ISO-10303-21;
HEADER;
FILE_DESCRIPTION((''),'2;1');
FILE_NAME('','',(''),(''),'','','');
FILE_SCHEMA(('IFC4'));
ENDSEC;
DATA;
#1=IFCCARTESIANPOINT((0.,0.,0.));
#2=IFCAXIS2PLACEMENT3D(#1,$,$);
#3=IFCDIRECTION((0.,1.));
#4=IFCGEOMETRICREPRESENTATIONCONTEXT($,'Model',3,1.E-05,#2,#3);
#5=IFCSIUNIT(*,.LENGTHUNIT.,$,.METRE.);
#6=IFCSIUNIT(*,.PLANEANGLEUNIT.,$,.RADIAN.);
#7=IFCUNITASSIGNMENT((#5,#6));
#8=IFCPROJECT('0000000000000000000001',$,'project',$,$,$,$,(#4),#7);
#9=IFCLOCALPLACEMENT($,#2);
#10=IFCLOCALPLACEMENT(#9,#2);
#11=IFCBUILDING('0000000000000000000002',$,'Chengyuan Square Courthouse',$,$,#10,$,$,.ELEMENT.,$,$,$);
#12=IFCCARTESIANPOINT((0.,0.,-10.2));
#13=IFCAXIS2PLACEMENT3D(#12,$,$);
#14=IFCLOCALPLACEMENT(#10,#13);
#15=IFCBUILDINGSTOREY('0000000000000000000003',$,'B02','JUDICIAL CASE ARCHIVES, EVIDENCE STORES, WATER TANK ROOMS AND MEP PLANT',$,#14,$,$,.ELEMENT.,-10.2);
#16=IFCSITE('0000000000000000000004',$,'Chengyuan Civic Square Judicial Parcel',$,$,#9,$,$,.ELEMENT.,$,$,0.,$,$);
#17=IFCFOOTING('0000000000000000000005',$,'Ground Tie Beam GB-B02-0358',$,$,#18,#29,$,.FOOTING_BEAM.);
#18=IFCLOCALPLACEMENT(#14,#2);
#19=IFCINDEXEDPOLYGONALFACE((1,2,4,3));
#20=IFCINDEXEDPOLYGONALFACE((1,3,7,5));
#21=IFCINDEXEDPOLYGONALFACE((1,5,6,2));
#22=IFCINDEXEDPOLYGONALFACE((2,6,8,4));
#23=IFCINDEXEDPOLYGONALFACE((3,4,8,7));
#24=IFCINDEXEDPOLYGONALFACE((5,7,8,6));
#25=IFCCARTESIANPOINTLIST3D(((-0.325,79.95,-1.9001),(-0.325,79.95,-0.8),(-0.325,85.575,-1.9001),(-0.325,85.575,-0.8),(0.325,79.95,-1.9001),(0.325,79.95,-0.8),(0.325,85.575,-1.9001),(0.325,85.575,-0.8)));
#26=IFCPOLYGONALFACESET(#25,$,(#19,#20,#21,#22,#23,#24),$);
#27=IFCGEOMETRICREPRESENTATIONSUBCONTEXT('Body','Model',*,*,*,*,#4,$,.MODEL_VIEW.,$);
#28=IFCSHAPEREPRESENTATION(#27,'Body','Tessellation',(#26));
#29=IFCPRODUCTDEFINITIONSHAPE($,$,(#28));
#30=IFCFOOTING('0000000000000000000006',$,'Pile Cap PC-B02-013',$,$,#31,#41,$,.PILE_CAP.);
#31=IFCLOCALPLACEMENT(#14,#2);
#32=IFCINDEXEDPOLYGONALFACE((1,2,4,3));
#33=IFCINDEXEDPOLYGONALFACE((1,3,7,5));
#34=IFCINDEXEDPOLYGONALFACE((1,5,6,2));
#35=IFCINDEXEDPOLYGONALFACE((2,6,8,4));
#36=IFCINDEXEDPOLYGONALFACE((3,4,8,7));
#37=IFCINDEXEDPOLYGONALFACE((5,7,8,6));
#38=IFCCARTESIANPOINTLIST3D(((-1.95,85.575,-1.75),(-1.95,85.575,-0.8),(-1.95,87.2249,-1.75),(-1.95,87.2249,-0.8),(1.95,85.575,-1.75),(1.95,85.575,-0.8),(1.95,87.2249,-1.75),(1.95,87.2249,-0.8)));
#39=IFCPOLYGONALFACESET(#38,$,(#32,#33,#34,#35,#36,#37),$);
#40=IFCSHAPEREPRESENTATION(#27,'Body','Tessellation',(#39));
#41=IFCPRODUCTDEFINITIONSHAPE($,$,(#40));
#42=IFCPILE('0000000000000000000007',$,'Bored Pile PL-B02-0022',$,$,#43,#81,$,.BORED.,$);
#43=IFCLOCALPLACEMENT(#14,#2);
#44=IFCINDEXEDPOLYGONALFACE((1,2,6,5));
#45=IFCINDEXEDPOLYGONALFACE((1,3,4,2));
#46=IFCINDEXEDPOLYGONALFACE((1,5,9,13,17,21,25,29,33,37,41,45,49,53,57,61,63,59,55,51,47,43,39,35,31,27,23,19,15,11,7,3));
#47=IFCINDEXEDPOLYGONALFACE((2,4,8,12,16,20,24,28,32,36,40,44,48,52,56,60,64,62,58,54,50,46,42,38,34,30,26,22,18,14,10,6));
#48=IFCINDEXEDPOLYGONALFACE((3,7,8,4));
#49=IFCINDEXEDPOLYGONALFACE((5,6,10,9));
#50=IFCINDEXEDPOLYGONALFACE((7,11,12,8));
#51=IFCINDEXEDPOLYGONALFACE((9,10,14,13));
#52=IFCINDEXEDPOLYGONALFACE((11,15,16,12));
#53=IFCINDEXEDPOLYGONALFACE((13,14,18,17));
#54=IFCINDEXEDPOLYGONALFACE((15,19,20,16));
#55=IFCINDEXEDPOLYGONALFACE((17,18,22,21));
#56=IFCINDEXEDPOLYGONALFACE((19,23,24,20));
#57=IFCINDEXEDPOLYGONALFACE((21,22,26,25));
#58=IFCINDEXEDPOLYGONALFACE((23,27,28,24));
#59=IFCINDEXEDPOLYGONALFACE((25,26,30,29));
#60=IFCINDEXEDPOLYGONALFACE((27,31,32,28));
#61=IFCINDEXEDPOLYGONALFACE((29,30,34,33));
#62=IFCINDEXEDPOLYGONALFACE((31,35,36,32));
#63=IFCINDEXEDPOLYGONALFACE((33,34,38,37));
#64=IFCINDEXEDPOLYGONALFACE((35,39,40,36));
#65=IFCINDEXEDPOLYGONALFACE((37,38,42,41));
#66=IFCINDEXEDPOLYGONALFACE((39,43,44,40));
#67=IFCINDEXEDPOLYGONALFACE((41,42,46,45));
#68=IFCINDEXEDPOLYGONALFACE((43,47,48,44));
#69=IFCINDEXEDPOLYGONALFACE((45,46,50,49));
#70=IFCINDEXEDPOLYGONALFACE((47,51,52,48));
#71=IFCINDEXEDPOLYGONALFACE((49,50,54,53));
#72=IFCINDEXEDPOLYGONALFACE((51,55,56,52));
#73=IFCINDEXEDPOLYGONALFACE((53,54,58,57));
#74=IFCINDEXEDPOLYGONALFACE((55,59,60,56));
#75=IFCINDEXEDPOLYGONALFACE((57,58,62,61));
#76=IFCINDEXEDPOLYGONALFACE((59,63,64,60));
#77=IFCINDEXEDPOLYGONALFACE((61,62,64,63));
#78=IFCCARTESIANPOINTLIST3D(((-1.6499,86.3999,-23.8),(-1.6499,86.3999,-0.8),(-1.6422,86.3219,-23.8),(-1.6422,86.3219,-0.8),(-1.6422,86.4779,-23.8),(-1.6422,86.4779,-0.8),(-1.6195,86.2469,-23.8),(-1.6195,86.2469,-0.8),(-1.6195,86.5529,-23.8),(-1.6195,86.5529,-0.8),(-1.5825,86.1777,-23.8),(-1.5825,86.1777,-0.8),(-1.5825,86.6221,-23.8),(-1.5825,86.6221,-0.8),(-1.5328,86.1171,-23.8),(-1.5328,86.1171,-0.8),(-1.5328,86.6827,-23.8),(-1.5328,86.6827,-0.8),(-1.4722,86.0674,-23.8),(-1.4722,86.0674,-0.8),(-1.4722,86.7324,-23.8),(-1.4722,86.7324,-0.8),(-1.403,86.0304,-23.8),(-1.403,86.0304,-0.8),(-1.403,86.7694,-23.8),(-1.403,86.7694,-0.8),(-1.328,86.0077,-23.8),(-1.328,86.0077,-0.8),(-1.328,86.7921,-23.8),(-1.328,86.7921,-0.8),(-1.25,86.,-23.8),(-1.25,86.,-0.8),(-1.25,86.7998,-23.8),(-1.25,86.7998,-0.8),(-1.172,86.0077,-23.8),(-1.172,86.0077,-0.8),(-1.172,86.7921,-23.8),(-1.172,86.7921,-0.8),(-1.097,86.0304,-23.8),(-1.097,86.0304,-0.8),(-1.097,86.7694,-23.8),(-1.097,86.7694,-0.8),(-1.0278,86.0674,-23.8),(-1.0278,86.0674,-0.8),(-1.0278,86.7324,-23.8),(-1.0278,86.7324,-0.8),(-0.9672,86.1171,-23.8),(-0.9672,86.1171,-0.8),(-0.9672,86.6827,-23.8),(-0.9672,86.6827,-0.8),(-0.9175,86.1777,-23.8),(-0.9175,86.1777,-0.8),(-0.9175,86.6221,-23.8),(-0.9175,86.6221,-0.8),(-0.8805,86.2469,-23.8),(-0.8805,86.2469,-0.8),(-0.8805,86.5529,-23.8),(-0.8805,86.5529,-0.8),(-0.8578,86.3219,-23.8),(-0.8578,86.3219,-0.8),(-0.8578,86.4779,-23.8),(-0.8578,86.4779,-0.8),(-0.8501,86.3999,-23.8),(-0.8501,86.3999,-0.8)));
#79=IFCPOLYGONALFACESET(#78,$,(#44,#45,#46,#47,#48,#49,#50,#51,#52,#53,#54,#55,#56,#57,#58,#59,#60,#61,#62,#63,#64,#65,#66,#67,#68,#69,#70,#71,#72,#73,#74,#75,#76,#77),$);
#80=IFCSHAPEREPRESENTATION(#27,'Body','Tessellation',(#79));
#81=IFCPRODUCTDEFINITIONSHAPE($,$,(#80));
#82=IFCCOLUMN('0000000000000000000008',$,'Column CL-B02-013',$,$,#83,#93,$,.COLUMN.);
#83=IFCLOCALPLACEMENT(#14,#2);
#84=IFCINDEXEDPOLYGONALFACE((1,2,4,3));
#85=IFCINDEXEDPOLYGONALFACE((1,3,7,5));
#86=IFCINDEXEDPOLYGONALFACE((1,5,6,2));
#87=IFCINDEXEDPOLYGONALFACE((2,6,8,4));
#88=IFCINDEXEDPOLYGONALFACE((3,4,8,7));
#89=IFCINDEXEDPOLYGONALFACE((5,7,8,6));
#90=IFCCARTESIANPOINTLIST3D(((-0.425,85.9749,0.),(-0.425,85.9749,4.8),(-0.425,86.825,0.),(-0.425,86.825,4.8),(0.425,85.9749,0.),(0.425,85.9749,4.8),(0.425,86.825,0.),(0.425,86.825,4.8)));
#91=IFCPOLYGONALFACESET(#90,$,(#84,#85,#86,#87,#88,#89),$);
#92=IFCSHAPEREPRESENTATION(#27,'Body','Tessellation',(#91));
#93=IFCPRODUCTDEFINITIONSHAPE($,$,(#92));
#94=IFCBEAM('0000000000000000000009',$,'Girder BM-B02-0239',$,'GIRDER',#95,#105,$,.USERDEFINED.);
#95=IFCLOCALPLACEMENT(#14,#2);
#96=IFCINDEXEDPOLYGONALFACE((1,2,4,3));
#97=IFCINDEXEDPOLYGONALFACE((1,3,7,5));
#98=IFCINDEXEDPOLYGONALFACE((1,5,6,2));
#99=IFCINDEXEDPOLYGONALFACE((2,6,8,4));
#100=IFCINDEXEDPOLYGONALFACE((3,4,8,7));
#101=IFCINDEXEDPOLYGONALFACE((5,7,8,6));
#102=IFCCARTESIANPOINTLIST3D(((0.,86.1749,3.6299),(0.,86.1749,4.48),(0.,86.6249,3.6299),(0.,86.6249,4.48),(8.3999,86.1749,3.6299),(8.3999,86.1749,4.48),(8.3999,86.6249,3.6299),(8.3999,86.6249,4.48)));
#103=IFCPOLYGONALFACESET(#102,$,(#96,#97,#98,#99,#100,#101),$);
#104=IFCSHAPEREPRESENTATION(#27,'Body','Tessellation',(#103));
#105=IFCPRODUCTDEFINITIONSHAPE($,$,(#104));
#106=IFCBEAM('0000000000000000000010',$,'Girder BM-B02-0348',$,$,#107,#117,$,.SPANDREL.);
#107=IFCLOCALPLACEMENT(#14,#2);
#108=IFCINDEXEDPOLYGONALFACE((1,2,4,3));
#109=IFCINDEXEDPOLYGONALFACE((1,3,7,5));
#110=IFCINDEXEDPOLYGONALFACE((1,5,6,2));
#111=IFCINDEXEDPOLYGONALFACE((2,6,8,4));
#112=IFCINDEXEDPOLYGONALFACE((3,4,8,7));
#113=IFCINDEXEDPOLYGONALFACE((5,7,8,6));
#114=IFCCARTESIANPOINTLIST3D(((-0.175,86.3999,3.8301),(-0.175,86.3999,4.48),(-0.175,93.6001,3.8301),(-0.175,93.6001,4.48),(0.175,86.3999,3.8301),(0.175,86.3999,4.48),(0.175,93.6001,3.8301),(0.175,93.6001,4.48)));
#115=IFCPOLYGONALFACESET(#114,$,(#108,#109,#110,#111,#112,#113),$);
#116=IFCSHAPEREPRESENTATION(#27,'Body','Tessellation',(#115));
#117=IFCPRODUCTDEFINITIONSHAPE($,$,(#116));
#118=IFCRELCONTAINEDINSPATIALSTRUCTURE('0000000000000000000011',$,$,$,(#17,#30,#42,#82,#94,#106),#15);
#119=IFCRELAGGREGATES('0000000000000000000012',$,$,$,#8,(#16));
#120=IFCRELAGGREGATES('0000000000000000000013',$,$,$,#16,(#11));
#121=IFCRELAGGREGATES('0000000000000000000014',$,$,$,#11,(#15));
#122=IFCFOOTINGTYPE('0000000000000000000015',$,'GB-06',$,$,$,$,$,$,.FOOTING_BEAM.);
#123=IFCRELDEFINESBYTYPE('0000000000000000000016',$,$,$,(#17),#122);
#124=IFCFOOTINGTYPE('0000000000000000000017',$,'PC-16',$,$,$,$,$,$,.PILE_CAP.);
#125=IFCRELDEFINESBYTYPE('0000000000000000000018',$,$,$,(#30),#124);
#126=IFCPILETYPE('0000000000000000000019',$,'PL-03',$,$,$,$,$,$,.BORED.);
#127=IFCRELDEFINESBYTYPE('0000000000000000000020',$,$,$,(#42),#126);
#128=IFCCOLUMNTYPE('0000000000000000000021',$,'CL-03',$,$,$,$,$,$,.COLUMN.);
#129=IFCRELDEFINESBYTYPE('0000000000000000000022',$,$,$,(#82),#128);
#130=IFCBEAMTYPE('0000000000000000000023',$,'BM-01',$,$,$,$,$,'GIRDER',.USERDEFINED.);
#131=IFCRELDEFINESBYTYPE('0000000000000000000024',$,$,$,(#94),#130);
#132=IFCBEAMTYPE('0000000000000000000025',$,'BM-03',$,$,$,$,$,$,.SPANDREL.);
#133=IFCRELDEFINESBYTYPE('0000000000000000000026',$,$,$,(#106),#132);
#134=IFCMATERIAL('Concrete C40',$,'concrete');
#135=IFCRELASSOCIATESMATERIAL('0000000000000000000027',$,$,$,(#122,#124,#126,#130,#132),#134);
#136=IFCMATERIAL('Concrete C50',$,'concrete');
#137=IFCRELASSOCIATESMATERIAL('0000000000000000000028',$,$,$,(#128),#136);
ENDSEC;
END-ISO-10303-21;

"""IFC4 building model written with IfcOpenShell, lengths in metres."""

from ifc_helpers import new_model, si_unit, direction, frame, origin, origin_2d, place, context, subcontext, project, spatial, rectangle, circle, extrude, material, material_profile, profile_set, type_object, element, save


model = new_model("IFC4")

# Units and contexts
model_context = context("Model", 3, precision=1e-05, world=origin(), true_north=direction((0.0, 1.0)))
body_context = subcontext(model_context, "Body", "Model", "MODEL_VIEW")
ifc_project = project(units=[si_unit("LENGTHUNIT", "METRE"), si_unit("PLANEANGLEUNIT", "RADIAN")], contexts=[model_context])

# Site, building, storey
site_placement = place(None, origin())
site = spatial("IfcSite", under=ifc_project, at=site_placement, Name="Chengyuan Civic Square Judicial Parcel", CompositionType="ELEMENT", RefElevation=0.0)
building_placement = place(site_placement, origin())
building = spatial("IfcBuilding", under=site, at=building_placement, Name="Chengyuan Square Courthouse", CompositionType="ELEMENT")
storey_placement = place(building_placement, frame((0.0, 0.0, -10.2)))
storey = spatial("IfcBuildingStorey", under=building, at=storey_placement, Name="B02", Description="JUDICIAL CASE ARCHIVES, EVIDENCE STORES, WATER TANK ROOMS AND MEP PLANT", CompositionType="ELEMENT", Elevation=-10.2)

# Footings
ifc_material_1 = material(Name="Concrete C40", Category="concrete")
ifc_material_profile_1 = material_profile(ifc_material_1, rectangle(XDim=0.6499, YDim=1.1001, at=origin_2d()), Name="GB-650x1100")
ifc_profile_set_1 = profile_set([ifc_material_profile_1], Name="Concrete C40")
footing_type_1 = type_object("IfcFootingType", Name="GB-06", PredefinedType="FOOTING_BEAM", material=ifc_profile_set_1)
footing_1_placement = place(storey_placement, frame((0.0, 79.95, -1.3501), z_axis=(0.0, 1.0, 0.0), x_axis=(-1.0, 0.0, 0.0)))
element("IfcFooting", 1, at=footing_1_placement, inside=storey, type_object=footing_type_1, Name="Ground Tie Beam GB-B02-0358", PredefinedType="FOOTING_BEAM", context=body_context, shape_type="SweptSolid", body=[
    extrude(rectangle(XDim=0.6499, YDim=1.1001, at=origin_2d()), origin(), (0.0, 0.0, 1.0), 5.625),
])
footing_type_2 = type_object("IfcFootingType", Name="PC-16", PredefinedType="PILE_CAP", material=ifc_material_1)
footing_2_placement = place(storey_placement, frame((0.0, 86.3999, -1.75), z_axis=(0.0, 0.0, 1.0), x_axis=(1.0, 0.0, 0.0)))
element("IfcFooting", 2, at=footing_2_placement, inside=storey, type_object=footing_type_2, Name="Pile Cap PC-B02-013", PredefinedType="PILE_CAP", context=body_context, shape_type="SweptSolid", body=[
    extrude(rectangle(XDim=3.8999, YDim=1.6499, at=origin_2d()), origin(), (0.0, 0.0, 1.0), 0.95),
])

# Pile
ifc_material_profile_2 = material_profile(ifc_material_1, circle(Radius=0.3999, at=origin_2d()), Name="BORED PILE D800")
ifc_profile_set_2 = profile_set([ifc_material_profile_2], Name="Concrete C40")
pile_type = type_object("IfcPileType", Name="PL-03", PredefinedType="BORED", material=ifc_profile_set_2)
pile_placement = place(storey_placement, frame((-1.25, 86.3999, -0.8), z_axis=(0.0, 0.0, -1.0), x_axis=(1.0, 0.0, 0.0)))
element("IfcPile", 3, at=pile_placement, inside=storey, type_object=pile_type, Name="Bored Pile PL-B02-0022", PredefinedType="BORED", context=body_context, shape_type="SweptSolid", body=[
    extrude(circle(Radius=0.3999, at=origin_2d()), origin(), (0.0, 0.0, 1.0), 23.0),
])

# Column
ifc_material_2 = material(Name="Concrete C50", Category="concrete")
ifc_material_profile_3 = material_profile(ifc_material_2, rectangle(XDim=0.8501, YDim=0.8501, at=origin_2d()), Name="RC-COL-850x850")
ifc_profile_set_3 = profile_set([ifc_material_profile_3], Name="Concrete C50")
column_type = type_object("IfcColumnType", Name="CL-03", PredefinedType="COLUMN", material=ifc_profile_set_3)
column_placement = place(storey_placement, frame((0.0, 86.3999, 0.0), z_axis=(0.0, 0.0, 1.0), x_axis=(1.0, 0.0, 0.0)))
element("IfcColumn", 4, at=column_placement, inside=storey, type_object=column_type, Name="Column CL-B02-013", PredefinedType="COLUMN", context=body_context, shape_type="SweptSolid", body=[
    extrude(rectangle(XDim=0.8501, YDim=0.8501, at=origin_2d()), origin(), (0.0, 0.0, 1.0), 4.8),
])

# Beams
ifc_material_profile_4 = material_profile(ifc_material_1, rectangle(XDim=0.45, YDim=0.8501, at=origin_2d()), Name="RC-BM-450x850")
ifc_profile_set_4 = profile_set([ifc_material_profile_4], Name="Concrete C40")
beam_type_1 = type_object("IfcBeamType", Name="BM-01", ElementType="GIRDER", PredefinedType="USERDEFINED", material=ifc_profile_set_4)
beam_1_placement = place(storey_placement, frame((0.0, 86.3999, 4.0549), z_axis=(1.0, 0.0, 0.0), x_axis=(0.0, 1.0, 0.0)))
element("IfcBeam", 5, at=beam_1_placement, inside=storey, type_object=beam_type_1, Name="Girder BM-B02-0239", ObjectType="GIRDER", PredefinedType="USERDEFINED", context=body_context, shape_type="SweptSolid", body=[
    extrude(rectangle(XDim=0.45, YDim=0.8501, at=origin_2d()), origin(), (0.0, 0.0, 1.0), 8.3999),
])
ifc_material_profile_5 = material_profile(ifc_material_1, rectangle(XDim=0.3501, YDim=0.6499, at=origin_2d()), Name="RC-BM-350x650")
ifc_profile_set_5 = profile_set([ifc_material_profile_5], Name="Concrete C40")
beam_type_2 = type_object("IfcBeamType", Name="BM-03", PredefinedType="SPANDREL", material=ifc_profile_set_5)
beam_2_placement = place(storey_placement, frame((0.0, 86.3999, 4.155), z_axis=(0.0, 1.0, 0.0), x_axis=(-1.0, 0.0, 0.0)))
element("IfcBeam", 6, at=beam_2_placement, inside=storey, type_object=beam_type_2, Name="Girder BM-B02-0348", PredefinedType="SPANDREL", context=body_context, shape_type="SweptSolid", body=[
    extrude(rectangle(XDim=0.3501, YDim=0.6499, at=origin_2d()), origin(), (0.0, 0.0, 1.0), 7.2002),
])

save(model, "model.ifc")
